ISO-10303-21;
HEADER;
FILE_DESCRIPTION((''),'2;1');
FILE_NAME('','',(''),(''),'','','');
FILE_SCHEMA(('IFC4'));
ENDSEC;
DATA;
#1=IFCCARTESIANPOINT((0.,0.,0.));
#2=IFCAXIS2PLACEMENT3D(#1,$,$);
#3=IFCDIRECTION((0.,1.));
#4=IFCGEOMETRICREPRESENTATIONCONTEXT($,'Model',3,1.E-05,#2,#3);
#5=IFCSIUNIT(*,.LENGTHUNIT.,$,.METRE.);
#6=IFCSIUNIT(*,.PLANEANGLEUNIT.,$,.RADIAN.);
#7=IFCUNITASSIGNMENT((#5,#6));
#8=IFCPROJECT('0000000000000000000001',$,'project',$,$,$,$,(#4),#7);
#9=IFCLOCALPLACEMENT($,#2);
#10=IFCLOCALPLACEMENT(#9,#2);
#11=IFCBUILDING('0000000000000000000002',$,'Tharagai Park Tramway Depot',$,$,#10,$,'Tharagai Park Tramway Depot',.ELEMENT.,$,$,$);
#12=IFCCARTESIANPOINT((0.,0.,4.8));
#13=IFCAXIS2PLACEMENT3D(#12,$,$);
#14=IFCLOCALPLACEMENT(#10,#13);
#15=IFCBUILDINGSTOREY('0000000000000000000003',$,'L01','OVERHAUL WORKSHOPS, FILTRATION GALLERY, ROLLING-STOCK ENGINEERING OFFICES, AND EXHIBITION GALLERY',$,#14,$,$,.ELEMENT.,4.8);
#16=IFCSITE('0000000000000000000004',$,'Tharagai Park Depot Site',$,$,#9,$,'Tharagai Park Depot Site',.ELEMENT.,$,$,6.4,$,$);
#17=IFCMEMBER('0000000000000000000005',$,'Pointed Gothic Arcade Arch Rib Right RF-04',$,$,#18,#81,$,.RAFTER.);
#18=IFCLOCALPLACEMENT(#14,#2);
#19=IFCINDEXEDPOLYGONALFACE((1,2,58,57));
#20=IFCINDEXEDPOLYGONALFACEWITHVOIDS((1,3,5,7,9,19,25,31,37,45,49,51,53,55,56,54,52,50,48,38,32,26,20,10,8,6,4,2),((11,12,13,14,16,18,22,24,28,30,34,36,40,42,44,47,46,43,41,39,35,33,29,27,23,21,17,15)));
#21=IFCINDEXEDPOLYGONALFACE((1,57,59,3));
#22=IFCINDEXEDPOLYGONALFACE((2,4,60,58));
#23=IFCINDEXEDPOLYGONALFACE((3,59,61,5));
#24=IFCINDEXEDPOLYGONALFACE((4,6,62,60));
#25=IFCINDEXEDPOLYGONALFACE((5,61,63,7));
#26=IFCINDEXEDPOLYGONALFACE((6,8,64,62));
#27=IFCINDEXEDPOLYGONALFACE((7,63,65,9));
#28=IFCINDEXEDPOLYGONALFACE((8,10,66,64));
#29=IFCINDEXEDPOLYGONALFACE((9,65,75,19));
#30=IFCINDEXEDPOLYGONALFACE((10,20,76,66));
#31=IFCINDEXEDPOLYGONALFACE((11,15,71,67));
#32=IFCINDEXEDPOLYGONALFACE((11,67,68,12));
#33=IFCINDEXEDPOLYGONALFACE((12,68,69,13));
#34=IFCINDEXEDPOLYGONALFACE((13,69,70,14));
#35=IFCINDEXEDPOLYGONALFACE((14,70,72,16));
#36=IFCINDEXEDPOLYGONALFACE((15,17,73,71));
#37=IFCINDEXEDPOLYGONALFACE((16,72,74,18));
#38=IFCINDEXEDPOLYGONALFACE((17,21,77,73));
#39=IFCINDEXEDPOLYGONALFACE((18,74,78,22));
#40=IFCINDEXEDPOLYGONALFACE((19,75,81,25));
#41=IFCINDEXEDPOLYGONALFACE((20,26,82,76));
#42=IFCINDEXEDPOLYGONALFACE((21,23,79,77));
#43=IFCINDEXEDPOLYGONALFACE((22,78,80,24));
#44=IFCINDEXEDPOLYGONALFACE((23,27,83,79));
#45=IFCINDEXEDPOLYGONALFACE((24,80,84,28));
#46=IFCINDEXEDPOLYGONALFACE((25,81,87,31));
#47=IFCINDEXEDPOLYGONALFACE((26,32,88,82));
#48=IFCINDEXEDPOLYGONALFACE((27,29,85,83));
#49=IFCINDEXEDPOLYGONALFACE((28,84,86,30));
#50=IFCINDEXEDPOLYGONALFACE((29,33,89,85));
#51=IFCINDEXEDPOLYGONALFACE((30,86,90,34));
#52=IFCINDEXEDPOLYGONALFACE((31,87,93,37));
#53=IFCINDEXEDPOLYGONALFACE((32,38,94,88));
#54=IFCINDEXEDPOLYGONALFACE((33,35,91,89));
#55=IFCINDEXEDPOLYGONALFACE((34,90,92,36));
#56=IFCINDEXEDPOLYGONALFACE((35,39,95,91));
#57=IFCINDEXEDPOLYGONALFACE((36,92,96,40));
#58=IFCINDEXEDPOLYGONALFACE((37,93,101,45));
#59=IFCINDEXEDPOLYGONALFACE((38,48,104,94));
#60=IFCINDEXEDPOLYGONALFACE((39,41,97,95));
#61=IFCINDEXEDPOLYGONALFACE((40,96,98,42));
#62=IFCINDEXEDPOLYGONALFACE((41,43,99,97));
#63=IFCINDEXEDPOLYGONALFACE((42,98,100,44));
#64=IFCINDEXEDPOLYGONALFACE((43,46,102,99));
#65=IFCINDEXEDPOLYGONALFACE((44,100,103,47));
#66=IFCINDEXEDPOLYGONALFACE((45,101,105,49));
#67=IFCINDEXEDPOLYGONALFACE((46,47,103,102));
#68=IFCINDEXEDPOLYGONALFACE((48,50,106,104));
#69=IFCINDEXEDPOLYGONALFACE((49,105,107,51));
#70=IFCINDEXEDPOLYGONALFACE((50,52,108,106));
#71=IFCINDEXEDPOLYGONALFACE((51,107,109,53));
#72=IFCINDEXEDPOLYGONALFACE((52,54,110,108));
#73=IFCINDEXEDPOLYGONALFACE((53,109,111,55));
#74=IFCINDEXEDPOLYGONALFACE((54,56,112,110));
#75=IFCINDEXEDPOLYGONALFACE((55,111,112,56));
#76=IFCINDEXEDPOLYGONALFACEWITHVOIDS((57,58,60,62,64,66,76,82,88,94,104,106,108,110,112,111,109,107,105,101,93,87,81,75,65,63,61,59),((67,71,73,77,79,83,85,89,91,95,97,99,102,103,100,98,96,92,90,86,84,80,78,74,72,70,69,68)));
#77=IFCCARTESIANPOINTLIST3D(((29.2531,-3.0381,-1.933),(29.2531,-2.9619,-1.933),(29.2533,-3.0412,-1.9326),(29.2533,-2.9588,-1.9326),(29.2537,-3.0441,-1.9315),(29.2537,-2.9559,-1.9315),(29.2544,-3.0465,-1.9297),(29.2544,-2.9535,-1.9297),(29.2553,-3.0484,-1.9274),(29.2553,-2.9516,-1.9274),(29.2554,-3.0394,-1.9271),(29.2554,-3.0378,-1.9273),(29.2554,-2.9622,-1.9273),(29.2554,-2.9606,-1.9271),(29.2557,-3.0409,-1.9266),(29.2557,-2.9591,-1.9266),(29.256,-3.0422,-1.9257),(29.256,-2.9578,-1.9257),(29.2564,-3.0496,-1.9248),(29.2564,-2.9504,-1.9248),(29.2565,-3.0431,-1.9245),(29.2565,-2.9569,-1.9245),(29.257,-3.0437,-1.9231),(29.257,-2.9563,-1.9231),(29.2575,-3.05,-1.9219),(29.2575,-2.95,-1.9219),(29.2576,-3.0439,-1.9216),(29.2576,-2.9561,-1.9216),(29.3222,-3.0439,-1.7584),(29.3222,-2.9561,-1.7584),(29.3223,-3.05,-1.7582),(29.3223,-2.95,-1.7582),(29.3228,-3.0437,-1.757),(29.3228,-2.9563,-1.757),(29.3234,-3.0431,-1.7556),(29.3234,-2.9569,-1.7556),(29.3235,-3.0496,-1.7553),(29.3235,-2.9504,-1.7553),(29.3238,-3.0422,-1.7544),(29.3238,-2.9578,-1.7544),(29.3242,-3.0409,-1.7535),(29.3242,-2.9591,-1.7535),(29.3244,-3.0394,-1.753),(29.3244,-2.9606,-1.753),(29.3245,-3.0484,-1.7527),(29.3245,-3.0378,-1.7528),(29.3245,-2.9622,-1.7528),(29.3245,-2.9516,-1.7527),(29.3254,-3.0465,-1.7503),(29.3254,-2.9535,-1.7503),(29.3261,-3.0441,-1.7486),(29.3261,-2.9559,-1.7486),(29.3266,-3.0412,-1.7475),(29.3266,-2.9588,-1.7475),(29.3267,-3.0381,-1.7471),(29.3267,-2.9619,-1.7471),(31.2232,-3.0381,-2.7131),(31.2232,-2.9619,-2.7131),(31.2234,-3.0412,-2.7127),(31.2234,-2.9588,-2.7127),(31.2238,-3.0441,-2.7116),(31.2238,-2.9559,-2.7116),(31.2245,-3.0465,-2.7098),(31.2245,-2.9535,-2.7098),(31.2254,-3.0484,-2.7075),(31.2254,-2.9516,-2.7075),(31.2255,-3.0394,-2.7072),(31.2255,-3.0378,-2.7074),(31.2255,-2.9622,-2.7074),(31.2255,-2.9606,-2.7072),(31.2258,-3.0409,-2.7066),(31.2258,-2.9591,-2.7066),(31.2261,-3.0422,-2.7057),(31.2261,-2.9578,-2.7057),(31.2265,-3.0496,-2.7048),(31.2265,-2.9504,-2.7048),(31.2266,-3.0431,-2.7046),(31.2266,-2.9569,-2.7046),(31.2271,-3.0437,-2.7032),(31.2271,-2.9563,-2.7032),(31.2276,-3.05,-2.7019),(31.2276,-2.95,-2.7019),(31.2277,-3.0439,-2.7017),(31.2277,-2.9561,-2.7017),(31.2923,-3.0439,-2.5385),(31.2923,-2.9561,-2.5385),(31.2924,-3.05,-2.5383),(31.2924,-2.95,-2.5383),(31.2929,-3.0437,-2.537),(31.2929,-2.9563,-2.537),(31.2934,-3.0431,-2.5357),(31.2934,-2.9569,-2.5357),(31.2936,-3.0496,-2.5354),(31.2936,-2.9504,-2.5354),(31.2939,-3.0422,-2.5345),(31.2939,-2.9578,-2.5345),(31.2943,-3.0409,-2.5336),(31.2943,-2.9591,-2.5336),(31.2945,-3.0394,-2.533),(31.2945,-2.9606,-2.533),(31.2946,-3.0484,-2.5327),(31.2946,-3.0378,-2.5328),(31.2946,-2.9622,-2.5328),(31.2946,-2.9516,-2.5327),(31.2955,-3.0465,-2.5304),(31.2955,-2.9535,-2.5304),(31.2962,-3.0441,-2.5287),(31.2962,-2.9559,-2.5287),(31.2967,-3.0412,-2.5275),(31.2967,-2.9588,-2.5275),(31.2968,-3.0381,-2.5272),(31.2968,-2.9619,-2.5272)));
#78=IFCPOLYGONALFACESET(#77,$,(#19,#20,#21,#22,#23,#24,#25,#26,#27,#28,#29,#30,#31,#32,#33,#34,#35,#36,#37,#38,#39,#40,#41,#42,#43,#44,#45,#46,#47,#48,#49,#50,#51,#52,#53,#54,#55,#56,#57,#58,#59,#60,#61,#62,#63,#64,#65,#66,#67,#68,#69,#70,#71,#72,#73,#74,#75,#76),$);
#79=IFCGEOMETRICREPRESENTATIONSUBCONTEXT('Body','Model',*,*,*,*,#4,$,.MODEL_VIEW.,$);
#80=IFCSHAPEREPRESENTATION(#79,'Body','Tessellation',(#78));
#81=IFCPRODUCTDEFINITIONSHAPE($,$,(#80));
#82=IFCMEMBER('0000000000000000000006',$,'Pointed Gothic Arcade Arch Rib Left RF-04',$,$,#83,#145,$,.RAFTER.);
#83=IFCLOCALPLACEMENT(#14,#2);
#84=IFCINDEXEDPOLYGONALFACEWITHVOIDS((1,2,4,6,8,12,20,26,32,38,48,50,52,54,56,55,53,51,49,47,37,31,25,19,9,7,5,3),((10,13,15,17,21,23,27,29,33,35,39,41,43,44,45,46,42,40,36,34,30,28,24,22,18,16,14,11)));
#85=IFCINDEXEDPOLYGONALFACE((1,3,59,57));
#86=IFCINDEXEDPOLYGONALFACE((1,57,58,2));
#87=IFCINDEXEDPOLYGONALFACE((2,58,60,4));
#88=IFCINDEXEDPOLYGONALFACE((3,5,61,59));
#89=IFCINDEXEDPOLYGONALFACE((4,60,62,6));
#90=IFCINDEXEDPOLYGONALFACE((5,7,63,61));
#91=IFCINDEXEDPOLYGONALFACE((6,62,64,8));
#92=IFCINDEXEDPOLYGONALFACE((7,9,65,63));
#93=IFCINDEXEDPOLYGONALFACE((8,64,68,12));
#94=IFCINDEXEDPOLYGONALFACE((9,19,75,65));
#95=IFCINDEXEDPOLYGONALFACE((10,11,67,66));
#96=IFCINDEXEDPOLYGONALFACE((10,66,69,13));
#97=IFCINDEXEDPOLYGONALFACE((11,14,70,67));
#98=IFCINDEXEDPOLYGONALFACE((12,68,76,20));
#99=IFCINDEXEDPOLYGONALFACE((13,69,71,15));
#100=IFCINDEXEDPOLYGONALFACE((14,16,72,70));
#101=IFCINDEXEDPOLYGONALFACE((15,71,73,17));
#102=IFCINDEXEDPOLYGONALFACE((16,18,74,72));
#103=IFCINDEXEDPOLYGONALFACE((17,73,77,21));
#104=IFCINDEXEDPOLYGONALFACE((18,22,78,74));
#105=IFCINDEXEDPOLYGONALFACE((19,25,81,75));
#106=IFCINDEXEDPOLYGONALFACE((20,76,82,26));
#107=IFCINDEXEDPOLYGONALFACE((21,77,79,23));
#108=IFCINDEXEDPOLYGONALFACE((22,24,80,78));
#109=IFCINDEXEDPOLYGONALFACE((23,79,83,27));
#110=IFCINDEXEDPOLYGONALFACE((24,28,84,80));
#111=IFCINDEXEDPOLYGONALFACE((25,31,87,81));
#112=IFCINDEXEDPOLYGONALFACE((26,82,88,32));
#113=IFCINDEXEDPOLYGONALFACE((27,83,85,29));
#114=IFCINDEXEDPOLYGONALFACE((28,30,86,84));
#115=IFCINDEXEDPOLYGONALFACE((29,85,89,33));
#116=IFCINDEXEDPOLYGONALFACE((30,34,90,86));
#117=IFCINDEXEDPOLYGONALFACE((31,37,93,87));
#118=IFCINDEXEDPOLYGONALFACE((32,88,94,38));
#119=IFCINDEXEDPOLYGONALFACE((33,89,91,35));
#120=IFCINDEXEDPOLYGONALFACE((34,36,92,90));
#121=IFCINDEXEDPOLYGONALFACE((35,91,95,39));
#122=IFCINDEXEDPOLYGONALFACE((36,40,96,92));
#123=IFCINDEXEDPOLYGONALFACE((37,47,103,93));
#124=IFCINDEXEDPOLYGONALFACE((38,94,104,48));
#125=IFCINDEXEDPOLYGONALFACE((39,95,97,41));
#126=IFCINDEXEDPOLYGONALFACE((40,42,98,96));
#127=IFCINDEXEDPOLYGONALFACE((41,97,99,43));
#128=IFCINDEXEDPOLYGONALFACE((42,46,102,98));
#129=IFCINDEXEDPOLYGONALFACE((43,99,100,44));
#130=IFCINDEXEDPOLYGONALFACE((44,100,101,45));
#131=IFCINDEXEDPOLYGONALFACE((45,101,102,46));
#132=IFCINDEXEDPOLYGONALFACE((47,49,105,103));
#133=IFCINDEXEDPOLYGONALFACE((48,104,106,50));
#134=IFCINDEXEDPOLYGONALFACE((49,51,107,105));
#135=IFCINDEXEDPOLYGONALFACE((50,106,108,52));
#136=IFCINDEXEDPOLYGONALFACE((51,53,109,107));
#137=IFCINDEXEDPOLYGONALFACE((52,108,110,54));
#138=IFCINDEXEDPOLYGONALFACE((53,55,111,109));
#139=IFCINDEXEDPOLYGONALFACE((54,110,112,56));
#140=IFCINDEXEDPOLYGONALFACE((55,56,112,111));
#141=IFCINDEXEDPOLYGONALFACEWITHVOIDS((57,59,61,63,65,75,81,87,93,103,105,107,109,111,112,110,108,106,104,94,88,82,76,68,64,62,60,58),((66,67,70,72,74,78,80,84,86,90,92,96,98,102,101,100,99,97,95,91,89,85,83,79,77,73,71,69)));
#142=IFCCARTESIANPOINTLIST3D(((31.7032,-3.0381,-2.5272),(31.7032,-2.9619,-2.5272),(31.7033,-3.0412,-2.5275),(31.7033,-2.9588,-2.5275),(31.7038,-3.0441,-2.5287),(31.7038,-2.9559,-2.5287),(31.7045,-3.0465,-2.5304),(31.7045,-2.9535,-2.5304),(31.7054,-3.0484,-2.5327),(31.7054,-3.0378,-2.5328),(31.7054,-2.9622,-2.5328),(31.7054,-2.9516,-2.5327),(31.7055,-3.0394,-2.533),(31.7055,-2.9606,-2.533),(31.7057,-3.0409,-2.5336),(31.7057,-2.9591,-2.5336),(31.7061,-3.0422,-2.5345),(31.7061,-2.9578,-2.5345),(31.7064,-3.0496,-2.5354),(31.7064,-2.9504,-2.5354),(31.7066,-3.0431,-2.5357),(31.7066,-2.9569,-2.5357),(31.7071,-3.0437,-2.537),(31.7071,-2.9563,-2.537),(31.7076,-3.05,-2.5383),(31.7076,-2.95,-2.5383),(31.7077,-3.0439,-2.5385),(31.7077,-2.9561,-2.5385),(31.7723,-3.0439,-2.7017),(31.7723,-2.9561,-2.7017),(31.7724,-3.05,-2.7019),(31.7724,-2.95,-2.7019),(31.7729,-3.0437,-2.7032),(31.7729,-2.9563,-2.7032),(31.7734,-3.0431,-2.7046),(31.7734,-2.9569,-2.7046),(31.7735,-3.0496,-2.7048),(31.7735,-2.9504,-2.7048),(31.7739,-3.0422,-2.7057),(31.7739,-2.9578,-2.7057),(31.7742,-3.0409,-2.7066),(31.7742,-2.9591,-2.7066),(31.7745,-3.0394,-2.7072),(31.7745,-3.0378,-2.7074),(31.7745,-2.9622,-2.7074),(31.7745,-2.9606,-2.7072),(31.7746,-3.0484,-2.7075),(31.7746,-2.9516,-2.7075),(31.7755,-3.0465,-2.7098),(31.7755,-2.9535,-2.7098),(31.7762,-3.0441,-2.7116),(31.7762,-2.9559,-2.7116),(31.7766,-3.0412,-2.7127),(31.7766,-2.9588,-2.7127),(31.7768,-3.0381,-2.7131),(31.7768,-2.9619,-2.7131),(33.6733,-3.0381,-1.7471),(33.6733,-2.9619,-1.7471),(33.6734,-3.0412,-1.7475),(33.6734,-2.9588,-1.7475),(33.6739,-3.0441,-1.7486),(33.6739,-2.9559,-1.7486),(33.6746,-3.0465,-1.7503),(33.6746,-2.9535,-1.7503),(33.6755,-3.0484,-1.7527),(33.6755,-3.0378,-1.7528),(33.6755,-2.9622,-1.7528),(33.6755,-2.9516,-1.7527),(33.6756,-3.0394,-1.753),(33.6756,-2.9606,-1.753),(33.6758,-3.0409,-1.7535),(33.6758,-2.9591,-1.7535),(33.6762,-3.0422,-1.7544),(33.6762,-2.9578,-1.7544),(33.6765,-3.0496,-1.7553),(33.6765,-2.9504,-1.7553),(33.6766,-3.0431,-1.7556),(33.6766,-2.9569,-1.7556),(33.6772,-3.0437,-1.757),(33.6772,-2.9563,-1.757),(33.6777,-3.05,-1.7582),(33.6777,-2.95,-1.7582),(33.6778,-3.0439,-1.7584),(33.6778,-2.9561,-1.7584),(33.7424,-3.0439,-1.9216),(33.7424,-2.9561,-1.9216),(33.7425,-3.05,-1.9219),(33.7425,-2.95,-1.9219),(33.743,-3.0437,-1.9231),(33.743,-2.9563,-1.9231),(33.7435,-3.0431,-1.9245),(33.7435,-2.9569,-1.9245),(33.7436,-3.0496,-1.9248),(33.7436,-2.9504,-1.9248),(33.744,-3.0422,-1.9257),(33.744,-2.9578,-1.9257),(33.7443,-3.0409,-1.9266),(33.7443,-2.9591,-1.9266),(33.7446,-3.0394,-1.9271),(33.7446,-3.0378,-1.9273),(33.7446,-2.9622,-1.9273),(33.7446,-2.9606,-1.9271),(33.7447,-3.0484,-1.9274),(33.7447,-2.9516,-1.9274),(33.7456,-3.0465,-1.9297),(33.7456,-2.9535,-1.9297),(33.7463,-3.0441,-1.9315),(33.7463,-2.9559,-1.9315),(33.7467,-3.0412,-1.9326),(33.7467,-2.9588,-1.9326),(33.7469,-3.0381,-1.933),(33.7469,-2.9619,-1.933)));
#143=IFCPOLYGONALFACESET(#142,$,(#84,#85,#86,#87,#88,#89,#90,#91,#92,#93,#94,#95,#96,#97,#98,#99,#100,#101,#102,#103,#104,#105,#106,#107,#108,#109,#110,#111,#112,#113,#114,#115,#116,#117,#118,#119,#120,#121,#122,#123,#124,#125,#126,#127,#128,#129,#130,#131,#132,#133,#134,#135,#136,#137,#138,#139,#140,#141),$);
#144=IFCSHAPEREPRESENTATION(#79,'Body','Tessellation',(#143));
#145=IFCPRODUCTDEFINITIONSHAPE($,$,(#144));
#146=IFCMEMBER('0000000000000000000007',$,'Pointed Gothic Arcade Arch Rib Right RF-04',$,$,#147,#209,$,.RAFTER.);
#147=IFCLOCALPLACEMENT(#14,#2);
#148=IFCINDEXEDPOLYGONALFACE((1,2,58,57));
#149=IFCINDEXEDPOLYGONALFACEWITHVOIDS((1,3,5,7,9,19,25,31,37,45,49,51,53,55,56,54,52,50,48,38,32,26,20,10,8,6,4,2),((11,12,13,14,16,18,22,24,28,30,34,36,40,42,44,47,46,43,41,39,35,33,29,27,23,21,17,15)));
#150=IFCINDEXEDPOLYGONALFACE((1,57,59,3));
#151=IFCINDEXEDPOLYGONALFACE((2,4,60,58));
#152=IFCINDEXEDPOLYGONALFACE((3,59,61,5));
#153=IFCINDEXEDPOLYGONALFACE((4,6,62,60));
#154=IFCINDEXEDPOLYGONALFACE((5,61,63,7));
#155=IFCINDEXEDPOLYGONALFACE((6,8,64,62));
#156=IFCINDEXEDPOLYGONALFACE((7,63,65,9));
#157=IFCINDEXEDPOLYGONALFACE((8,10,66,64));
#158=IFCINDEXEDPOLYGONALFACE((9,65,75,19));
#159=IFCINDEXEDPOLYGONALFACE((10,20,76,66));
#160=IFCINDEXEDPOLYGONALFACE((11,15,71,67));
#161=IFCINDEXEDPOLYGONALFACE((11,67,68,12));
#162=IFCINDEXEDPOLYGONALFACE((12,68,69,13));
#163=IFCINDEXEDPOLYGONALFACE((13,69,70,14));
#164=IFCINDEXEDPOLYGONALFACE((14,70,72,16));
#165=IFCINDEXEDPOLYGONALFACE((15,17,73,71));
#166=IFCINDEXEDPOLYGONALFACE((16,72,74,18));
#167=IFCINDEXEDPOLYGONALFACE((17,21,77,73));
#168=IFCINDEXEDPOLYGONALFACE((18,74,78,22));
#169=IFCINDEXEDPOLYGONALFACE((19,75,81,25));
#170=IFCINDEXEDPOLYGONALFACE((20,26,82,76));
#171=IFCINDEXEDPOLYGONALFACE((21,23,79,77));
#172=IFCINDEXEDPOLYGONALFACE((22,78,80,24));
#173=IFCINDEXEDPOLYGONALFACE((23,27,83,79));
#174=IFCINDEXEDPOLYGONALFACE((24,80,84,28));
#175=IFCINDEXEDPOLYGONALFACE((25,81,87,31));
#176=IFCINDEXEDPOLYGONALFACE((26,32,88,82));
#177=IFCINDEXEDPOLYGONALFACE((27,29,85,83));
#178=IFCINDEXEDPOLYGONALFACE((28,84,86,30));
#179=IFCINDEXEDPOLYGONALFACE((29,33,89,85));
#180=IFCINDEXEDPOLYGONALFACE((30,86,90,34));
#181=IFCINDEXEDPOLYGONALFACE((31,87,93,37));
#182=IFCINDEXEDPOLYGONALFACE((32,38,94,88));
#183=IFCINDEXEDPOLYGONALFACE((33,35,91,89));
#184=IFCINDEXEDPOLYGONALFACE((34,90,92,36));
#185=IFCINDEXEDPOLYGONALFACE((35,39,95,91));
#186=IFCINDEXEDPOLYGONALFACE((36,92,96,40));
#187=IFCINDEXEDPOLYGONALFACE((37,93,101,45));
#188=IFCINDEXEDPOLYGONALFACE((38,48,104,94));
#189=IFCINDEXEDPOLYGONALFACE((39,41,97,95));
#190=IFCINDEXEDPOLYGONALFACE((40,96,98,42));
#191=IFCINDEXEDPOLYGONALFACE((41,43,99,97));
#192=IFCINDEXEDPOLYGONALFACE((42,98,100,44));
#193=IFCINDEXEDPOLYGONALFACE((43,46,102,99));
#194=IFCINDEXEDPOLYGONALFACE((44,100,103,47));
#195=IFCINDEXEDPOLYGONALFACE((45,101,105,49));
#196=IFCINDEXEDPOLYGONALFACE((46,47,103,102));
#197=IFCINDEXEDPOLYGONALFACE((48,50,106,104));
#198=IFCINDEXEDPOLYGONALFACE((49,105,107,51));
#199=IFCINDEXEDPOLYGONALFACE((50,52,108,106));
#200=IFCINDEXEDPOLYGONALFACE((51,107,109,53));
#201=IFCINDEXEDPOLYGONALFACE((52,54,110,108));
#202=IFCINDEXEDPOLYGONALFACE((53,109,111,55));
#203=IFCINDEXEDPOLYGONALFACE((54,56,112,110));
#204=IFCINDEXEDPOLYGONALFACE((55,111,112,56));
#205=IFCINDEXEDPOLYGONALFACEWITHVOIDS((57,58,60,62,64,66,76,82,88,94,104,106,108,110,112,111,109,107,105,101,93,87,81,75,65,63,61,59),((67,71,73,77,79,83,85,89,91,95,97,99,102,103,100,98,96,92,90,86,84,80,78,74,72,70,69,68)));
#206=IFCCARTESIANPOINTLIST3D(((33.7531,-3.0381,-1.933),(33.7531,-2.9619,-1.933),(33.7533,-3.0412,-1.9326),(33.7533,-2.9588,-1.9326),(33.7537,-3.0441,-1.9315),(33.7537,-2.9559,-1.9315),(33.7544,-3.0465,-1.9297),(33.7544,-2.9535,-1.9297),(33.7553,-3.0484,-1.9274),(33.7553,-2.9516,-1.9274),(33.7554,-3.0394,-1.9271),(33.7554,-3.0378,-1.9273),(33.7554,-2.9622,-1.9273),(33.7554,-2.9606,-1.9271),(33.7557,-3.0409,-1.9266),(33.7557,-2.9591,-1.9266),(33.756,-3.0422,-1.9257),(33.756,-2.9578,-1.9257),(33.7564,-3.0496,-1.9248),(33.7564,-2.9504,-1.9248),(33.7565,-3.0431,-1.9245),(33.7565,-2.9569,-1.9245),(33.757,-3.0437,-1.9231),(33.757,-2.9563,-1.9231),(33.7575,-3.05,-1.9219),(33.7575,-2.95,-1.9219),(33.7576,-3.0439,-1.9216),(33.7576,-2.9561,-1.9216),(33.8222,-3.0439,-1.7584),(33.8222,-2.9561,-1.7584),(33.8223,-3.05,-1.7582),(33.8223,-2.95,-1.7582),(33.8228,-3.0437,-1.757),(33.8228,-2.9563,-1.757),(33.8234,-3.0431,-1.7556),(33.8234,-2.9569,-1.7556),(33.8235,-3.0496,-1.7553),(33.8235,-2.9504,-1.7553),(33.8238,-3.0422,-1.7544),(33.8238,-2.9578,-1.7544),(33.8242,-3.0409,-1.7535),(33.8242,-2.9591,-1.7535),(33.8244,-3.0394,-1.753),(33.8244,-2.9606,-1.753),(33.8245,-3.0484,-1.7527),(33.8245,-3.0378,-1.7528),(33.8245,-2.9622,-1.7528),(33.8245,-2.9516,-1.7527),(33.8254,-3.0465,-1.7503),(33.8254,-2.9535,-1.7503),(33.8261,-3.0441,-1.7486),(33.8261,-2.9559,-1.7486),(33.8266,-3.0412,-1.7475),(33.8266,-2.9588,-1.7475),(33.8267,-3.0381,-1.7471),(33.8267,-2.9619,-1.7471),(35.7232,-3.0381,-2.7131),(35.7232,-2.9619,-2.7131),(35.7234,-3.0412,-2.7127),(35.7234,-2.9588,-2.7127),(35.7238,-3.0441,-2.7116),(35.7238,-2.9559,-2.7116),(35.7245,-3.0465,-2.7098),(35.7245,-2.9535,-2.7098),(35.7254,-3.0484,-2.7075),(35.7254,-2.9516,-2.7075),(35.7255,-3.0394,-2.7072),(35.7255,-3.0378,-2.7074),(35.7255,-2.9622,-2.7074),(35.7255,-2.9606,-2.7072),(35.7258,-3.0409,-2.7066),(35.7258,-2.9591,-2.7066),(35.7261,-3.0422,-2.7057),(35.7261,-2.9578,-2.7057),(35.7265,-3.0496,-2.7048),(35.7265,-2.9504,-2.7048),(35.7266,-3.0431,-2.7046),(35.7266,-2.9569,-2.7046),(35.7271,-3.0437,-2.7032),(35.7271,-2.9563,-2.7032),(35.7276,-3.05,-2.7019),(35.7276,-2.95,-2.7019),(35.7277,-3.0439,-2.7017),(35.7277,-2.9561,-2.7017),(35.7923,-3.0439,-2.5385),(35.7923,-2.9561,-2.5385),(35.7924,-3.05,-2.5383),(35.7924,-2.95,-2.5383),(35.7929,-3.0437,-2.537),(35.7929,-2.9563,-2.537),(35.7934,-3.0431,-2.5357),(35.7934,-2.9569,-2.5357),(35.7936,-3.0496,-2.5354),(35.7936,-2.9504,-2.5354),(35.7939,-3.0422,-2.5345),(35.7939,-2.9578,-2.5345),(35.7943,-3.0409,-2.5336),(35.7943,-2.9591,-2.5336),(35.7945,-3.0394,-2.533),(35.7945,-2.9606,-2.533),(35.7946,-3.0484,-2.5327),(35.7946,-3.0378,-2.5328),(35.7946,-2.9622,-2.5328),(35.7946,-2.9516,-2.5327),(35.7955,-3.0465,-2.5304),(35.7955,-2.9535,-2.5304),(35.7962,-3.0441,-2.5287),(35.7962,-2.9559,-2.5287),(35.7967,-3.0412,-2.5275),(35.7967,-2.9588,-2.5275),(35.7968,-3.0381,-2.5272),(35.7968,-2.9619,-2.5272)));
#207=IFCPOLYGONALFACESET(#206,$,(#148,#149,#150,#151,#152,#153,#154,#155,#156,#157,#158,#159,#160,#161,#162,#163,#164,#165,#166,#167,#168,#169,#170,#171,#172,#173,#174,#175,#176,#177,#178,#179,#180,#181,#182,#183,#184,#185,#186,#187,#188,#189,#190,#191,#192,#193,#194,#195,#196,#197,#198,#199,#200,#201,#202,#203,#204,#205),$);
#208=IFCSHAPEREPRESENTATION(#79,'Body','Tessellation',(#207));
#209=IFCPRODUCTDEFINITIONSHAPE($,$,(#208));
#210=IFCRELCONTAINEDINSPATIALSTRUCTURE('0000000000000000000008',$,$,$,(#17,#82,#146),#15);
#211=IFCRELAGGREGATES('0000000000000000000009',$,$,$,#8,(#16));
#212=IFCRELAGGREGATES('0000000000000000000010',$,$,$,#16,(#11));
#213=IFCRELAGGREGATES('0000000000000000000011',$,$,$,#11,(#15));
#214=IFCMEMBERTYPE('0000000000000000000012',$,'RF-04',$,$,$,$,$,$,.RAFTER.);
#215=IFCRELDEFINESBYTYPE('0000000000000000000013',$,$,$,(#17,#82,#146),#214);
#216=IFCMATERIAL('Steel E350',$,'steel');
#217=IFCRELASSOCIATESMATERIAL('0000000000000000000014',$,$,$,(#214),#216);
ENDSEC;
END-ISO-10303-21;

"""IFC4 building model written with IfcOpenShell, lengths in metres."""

from ifc_helpers import new_model, si_unit, direction, frame, origin, origin_2d, place, context, subcontext, project, spatial, hollow_rectangle, extrude, material, material_profile, profile_set, type_object, element, save


model = new_model("IFC4")

# Units and contexts
model_context = context("Model", 3, precision=1e-05, world=origin(), true_north=direction((0.0, 1.0)))
body_context = subcontext(model_context, "Body", "Model", "MODEL_VIEW")
ifc_project = project(units=[si_unit("LENGTHUNIT", "METRE"), si_unit("PLANEANGLEUNIT", "RADIAN")], contexts=[model_context])

# Site, building, storey
site_placement = place(None, origin())
site = spatial("IfcSite", under=ifc_project, at=site_placement, Name="Tharagai Park Depot Site", LongName="Tharagai Park Depot Site", CompositionType="ELEMENT", RefElevation=6.4)
building_placement = place(site_placement, origin())
building = spatial("IfcBuilding", under=site, at=building_placement, Name="Tharagai Park Tramway Depot", LongName="Tharagai Park Tramway Depot", CompositionType="ELEMENT")
storey_placement = place(building_placement, frame((0.0, 0.0, 4.8)))
storey = spatial("IfcBuildingStorey", under=building, at=storey_placement, Name="L01", Description="OVERHAUL WORKSHOPS, FILTRATION GALLERY, ROLLING-STOCK ENGINEERING OFFICES, AND EXHIBITION GALLERY", CompositionType="ELEMENT", Elevation=4.8)

# Members
ifc_material_1 = material(Name="Steel E350", Category="steel")
ifc_material_profile_1 = material_profile(ifc_material_1, hollow_rectangle(XDim=0.1001, YDim=0.2, WallThickness=0.0061, InnerFilletRadius=0.0061, OuterFilletRadius=0.012, at=origin_2d()), Name="RHS 200x100x6")
ifc_profile_set_1 = profile_set([ifc_material_profile_1], Name="Steel E350")
member_type_1 = type_object("IfcMemberType", Name="RF-04", PredefinedType="RAFTER", material=ifc_profile_set_1)
for number, where, z_axis, x_axis, name in (
    (1, (31.26, -3.0, -2.6201), (-0.929766, 0.0, 0.36815), (0.0, -1.0, 0.0), "Pointed Gothic Arcade Arch Rib Right RF-04"),
    (2, (31.74, -3.0, -2.6201), (0.929766, 0.0, 0.36815), (0.0, 1.0, 0.0), "Pointed Gothic Arcade Arch Rib Left RF-04"),
    (3, (35.76, -3.0, -2.6201), (-0.929766, 0.0, 0.36815), (0.0, -1.0, 0.0), "Pointed Gothic Arcade Arch Rib Right RF-04"),
):
    element("IfcMember", number, at=place(storey_placement, frame(where, z_axis=z_axis, x_axis=x_axis)), inside=storey, type_object=member_type_1, Name=name, PredefinedType="RAFTER", context=body_context, shape_type="SweptSolid", body=[
        extrude(hollow_rectangle(XDim=0.1001, YDim=0.2, WallThickness=0.0061, InnerFilletRadius=0.0061, OuterFilletRadius=0.012, at=origin_2d()), origin(), (0.0, 0.0, 1.0), 2.1189),
    ])

save(model, "model.ifc")
